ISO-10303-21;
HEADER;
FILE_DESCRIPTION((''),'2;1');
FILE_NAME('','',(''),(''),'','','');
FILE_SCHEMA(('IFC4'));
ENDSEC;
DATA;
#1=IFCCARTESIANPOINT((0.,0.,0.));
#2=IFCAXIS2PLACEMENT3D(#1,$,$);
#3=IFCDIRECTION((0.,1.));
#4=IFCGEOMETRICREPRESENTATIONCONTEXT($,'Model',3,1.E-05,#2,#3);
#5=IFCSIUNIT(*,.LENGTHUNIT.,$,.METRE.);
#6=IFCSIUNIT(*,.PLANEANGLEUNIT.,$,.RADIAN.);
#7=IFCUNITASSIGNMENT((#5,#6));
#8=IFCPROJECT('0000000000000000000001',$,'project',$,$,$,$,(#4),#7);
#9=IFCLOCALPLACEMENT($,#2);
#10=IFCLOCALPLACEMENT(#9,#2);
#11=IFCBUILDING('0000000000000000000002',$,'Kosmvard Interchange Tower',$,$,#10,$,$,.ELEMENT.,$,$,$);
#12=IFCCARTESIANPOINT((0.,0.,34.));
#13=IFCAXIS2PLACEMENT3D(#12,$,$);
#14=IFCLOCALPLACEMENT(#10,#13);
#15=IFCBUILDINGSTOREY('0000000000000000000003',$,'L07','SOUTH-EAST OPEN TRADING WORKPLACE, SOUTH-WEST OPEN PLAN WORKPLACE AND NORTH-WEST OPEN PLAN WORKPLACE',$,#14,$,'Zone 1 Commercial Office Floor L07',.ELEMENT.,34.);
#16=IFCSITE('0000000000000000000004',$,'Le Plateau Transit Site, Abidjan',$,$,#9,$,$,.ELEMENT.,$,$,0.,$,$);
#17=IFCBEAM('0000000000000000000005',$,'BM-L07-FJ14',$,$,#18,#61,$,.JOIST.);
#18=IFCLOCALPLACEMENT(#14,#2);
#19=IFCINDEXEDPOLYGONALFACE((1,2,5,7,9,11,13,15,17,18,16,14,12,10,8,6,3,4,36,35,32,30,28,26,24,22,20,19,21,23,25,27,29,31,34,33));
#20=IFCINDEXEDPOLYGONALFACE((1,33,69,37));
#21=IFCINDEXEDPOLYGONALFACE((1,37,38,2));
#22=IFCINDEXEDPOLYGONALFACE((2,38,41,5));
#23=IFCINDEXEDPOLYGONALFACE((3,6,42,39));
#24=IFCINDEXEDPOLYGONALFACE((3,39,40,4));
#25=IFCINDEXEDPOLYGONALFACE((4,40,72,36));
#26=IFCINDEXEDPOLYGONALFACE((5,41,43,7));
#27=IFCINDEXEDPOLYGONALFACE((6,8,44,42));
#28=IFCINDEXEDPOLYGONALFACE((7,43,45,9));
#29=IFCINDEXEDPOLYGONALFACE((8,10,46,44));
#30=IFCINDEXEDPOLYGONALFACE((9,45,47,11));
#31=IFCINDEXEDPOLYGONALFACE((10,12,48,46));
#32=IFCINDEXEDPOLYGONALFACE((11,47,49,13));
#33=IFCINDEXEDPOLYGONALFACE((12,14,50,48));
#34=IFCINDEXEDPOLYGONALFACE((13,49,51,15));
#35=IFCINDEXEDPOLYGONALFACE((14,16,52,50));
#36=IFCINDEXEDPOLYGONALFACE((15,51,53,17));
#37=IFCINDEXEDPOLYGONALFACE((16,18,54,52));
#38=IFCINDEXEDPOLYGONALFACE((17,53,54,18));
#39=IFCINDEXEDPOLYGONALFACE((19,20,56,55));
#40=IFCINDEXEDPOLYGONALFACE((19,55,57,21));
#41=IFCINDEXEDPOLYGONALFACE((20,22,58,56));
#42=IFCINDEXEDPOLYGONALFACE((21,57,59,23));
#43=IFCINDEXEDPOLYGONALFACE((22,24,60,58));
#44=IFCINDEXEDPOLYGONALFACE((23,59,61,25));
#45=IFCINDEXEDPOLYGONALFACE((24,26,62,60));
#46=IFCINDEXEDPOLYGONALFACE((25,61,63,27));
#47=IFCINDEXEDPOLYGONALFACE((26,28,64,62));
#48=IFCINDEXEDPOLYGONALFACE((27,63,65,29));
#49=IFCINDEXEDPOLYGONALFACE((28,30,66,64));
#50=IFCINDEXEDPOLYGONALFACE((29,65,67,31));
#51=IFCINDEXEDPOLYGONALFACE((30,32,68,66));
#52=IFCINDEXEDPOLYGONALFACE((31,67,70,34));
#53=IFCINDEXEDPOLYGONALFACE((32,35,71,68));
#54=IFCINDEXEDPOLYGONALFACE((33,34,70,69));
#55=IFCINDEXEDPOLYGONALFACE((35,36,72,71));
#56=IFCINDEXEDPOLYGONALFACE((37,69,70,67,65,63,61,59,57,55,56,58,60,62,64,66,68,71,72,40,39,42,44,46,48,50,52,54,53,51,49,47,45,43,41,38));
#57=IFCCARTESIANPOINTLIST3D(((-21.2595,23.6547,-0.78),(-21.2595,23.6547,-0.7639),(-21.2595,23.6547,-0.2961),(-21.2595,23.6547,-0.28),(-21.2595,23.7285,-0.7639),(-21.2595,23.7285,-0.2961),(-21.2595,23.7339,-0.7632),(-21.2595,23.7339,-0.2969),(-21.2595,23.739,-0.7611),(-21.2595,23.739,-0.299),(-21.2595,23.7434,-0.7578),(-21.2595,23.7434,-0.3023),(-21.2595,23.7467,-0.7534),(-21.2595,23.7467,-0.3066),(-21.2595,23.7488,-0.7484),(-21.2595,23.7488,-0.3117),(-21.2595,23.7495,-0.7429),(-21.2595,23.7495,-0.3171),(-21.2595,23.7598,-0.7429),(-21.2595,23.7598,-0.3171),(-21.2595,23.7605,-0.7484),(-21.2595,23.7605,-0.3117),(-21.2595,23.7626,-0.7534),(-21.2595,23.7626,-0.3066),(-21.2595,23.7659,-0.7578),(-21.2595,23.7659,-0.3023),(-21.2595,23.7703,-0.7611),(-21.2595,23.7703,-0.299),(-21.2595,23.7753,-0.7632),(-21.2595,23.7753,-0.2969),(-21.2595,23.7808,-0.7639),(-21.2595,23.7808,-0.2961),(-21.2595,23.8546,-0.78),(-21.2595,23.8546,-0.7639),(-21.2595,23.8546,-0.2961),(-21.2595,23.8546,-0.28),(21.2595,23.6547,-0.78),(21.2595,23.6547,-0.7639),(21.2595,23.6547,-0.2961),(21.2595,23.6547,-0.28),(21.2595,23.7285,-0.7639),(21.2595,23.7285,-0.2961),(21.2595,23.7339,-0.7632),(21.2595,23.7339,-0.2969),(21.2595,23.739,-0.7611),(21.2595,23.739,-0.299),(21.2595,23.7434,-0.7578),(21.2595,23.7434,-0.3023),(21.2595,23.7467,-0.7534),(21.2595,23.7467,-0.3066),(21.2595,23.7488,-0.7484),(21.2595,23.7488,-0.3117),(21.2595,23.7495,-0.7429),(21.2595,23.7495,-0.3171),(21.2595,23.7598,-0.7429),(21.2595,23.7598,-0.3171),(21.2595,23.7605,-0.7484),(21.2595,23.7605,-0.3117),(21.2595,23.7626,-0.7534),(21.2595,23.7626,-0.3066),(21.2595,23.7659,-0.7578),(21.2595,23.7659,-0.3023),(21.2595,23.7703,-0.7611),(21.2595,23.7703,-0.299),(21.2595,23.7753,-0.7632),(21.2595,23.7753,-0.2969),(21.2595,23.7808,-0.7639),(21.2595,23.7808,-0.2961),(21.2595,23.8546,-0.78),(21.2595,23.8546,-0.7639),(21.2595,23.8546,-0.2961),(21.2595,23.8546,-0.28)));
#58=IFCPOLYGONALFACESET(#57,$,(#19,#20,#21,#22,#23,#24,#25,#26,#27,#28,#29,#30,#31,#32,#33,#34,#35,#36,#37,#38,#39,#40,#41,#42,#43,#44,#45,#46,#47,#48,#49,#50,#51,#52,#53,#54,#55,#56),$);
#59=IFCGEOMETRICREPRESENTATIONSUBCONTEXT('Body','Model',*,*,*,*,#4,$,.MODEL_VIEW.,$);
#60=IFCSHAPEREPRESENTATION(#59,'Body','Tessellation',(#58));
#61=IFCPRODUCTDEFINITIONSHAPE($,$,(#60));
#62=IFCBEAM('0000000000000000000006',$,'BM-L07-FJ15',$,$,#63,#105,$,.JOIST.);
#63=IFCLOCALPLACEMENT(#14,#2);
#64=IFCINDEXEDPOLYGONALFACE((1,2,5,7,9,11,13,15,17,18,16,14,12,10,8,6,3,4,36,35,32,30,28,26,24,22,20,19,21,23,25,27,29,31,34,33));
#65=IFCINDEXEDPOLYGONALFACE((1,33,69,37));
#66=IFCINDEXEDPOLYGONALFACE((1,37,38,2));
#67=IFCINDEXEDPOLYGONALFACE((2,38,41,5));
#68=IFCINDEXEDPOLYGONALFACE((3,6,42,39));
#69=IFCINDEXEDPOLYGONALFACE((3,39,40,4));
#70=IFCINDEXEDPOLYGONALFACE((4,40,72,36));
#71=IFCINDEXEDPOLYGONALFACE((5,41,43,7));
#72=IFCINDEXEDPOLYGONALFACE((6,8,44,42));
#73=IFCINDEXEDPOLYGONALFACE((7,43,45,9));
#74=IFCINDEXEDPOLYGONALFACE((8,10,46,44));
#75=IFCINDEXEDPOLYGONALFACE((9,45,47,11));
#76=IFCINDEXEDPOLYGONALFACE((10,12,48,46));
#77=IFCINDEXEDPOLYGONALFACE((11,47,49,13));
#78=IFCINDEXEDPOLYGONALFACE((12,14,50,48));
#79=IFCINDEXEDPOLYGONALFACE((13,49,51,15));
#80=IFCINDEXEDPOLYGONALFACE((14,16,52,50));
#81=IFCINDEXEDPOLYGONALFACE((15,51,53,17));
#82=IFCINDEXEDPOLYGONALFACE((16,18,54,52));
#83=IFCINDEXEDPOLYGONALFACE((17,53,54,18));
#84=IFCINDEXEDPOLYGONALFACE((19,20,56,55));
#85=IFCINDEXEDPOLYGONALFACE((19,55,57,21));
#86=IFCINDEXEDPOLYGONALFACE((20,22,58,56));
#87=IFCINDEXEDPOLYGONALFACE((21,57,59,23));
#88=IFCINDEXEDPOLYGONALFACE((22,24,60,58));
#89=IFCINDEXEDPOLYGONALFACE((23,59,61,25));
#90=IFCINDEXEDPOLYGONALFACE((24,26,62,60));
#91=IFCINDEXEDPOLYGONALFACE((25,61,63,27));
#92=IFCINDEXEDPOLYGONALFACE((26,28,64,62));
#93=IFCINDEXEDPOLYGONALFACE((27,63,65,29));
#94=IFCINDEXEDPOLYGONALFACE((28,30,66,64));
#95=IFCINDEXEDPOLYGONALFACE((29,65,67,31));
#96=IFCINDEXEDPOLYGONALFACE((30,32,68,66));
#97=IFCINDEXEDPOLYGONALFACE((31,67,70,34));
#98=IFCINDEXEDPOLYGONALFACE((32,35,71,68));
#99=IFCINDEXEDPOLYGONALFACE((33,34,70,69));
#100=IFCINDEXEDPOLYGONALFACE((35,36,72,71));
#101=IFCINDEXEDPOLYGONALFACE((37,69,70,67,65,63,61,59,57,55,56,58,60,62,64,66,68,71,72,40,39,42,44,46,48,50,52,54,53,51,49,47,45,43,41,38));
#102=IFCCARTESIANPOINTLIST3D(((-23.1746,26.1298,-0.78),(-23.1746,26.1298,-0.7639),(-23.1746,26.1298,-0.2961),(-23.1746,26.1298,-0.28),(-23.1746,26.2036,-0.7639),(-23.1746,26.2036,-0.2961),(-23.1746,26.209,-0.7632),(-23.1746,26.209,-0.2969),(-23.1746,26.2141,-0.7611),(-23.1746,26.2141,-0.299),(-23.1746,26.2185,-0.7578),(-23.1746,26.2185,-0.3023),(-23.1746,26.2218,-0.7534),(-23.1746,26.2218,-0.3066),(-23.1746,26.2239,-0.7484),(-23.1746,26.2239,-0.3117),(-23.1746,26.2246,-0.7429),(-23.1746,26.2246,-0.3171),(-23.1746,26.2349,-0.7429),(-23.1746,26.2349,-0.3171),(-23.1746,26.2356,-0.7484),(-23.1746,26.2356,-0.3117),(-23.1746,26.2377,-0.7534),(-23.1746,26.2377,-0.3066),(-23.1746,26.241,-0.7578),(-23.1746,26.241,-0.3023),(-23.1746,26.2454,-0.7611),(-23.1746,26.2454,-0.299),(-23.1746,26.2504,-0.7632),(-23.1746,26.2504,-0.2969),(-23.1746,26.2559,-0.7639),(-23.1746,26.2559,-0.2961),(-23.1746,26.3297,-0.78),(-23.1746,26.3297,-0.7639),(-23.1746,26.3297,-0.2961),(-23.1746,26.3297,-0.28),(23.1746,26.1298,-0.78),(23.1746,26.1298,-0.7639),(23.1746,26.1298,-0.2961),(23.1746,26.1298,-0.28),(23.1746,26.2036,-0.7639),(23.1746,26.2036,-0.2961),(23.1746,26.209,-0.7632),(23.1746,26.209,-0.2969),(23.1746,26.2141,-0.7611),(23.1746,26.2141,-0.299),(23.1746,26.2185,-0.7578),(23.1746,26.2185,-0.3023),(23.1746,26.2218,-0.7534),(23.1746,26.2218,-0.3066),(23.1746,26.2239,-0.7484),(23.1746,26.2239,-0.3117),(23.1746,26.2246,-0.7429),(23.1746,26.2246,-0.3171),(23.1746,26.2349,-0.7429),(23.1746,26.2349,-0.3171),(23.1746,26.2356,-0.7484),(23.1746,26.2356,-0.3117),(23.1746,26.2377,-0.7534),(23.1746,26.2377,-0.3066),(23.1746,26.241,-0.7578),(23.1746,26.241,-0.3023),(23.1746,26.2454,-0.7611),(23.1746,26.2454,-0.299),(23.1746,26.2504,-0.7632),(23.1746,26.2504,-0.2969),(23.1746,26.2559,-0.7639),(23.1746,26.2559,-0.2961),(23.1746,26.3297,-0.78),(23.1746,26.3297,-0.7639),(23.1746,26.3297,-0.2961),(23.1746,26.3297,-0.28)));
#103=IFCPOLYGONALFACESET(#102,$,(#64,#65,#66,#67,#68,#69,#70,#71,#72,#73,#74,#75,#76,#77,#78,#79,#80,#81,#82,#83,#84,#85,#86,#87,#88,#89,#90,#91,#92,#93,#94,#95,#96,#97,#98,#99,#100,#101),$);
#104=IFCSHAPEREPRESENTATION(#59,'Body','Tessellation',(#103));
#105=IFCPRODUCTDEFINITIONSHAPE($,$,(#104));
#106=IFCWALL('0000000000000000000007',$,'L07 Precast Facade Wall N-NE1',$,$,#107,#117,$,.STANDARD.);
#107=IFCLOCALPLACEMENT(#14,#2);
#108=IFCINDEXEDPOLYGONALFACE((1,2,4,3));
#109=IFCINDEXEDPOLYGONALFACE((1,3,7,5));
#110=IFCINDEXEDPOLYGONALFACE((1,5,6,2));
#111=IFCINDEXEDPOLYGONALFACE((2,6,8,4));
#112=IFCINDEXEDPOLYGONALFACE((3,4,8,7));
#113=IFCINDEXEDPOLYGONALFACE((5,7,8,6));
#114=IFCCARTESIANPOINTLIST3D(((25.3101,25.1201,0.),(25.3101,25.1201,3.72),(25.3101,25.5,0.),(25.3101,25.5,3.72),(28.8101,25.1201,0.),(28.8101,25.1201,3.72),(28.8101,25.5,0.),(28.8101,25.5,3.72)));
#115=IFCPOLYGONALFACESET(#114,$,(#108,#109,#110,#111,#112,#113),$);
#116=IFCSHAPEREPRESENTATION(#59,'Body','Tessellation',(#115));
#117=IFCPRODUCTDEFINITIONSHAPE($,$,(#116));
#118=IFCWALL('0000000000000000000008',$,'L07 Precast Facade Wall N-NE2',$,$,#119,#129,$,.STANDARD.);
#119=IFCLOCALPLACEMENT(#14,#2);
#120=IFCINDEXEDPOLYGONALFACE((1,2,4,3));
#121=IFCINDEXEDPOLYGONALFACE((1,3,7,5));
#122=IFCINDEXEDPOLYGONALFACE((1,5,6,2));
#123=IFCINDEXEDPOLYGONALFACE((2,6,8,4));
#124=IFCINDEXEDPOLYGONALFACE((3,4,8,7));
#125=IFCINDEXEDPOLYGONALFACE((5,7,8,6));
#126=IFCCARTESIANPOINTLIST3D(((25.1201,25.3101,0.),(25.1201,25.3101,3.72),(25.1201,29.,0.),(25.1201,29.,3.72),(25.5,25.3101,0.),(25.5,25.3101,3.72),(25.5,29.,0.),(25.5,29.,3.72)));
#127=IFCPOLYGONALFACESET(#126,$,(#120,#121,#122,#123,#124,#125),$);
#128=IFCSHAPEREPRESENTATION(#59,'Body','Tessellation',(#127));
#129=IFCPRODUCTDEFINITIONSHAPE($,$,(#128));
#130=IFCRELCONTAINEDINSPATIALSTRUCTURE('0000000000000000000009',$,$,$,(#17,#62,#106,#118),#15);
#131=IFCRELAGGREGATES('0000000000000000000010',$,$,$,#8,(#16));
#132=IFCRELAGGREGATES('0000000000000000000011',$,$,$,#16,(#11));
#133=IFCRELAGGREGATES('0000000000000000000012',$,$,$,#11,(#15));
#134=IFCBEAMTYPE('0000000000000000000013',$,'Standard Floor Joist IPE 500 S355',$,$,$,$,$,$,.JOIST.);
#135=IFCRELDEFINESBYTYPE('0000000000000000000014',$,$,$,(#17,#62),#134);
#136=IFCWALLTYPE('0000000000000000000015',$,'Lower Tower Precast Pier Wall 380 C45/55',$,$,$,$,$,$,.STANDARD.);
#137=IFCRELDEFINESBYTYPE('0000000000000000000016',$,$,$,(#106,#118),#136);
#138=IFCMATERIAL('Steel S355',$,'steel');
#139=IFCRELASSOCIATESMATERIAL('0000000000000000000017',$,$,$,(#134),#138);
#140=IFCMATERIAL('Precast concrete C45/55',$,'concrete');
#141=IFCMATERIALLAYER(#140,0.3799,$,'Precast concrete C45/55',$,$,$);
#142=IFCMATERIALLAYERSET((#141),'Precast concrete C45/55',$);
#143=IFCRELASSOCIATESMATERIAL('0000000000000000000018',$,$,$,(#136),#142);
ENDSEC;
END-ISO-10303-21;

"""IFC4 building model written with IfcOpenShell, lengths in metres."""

from ifc_helpers import new_model, si_unit, direction, frame, frame_2d, origin, origin_2d, place, context, subcontext, project, spatial, rectangle, i_section, extrude, source, transform, mapped, material, layer, layer_set, material_profile, profile_set, type_object, element, save


model = new_model("IFC4")

# Units and contexts
model_context = context("Model", 3, precision=1e-05, world=origin(), true_north=direction((0.0, 1.0)))
body_context = subcontext(model_context, "Body", "Model", "MODEL_VIEW")
ifc_project = project(units=[si_unit("LENGTHUNIT", "METRE"), si_unit("PLANEANGLEUNIT", "RADIAN")], contexts=[model_context])

# Site, building, storey
site_placement = place(None, origin())
site = spatial("IfcSite", under=ifc_project, at=site_placement, Name="Le Plateau Transit Site, Abidjan", CompositionType="ELEMENT", RefElevation=0.0)
building_placement = place(site_placement, origin())
building = spatial("IfcBuilding", under=site, at=building_placement, Name="Kosmvard Interchange Tower", CompositionType="ELEMENT")
storey_placement = place(building_placement, frame((0.0, 0.0, 34.0)))
storey = spatial("IfcBuildingStorey", under=building, at=storey_placement, Name="L07", Description="SOUTH-EAST OPEN TRADING WORKPLACE, SOUTH-WEST OPEN PLAN WORKPLACE AND NORTH-WEST OPEN PLAN WORKPLACE", LongName="Zone 1 Commercial Office Floor L07", CompositionType="ELEMENT", Elevation=34.0)

# Beams
ifc_material_1 = material(Name="Steel S355", Category="steel")
ifc_material_2 = material(Name="Precast concrete C45/55", Category="concrete")
ifc_material_profile_1 = material_profile(ifc_material_1, i_section(OverallWidth=0.2, OverallDepth=0.5, WebThickness=0.0103, FlangeThickness=0.0161, FilletRadius=0.021, at=origin_2d()), Name="IPE 500")
ifc_profile_set_1 = profile_set([ifc_material_profile_1], Name="Steel S355")
beam_type_1 = type_object("IfcBeamType", Name="Standard Floor Joist IPE 500 S355", PredefinedType="JOIST", material=ifc_profile_set_1)
shared_shape_1 = source(origin(), body_context, "Body", "SweptSolid", [
    extrude(i_section(OverallWidth=0.2, OverallDepth=0.5, WebThickness=0.0103, FlangeThickness=0.0161, FilletRadius=0.021, at=origin_2d()), origin(), (0.0, 0.0, 1.0), 42.519),
])
beam_1_placement = place(storey_placement, frame((21.2595, 23.7546, -0.53), z_axis=(-1.0, 0.0, 0.0), x_axis=(0.0, -1.0, 0.0)))
element("IfcBeam", 1, at=beam_1_placement, inside=storey, type_object=beam_type_1, Name="BM-L07-FJ14", PredefinedType="JOIST", context=body_context, shape_type="MappedRepresentation", body=[
    mapped(shared_shape_1, transform((0.0, 0.0, 0.0), scale=1.0)),
])
shared_shape_2 = source(origin(), body_context, "Body", "SweptSolid", [
    extrude(i_section(OverallWidth=0.2, OverallDepth=0.5, WebThickness=0.0103, FlangeThickness=0.0161, FilletRadius=0.021, at=origin_2d()), origin(), (0.0, 0.0, 1.0), 46.3491),
])
beam_2_placement = place(storey_placement, frame((23.1746, 26.2297, -0.53), z_axis=(-1.0, 0.0, 0.0), x_axis=(0.0, -1.0, 0.0)))
element("IfcBeam", 2, at=beam_2_placement, inside=storey, type_object=beam_type_1, Name="BM-L07-FJ15", PredefinedType="JOIST", context=body_context, shape_type="MappedRepresentation", body=[
    mapped(shared_shape_2, transform((0.0, 0.0, 0.0), scale=1.0)),
])

# Walls
ifc_layer_1 = layer(ifc_material_2, 0.3799, Name="Precast concrete C45/55")
ifc_layer_set_1 = layer_set([ifc_layer_1], Name="Precast concrete C45/55")
wall_type = type_object("IfcWallType", Name="Lower Tower Precast Pier Wall 380 C45/55", PredefinedType="STANDARD", material=ifc_layer_set_1)
wall_1_placement = place(storey_placement, frame((28.8101, 25.3101, 0.0), z_axis=(0.0, 0.0, 1.0), x_axis=(-1.0, 0.0, 0.0)))
element("IfcWall", 3, at=wall_1_placement, inside=storey, type_object=wall_type, Name="L07 Precast Facade Wall N-NE1", PredefinedType="STANDARD", context=body_context, shape_type="SweptSolid", body=[
    extrude(rectangle(XDim=3.5, YDim=0.3799, at=frame_2d((1.75, 0.0))), origin(), (0.0, 0.0, 1.0), 3.72),
])
wall_2_placement = place(storey_placement, frame((25.3101, 25.3101, 0.0), z_axis=(0.0, 0.0, 1.0), x_axis=(0.0, 1.0, 0.0)))
element("IfcWall", 4, at=wall_2_placement, inside=storey, type_object=wall_type, Name="L07 Precast Facade Wall N-NE2", PredefinedType="STANDARD", context=body_context, shape_type="SweptSolid", body=[
    extrude(rectangle(XDim=3.6899, YDim=0.3799, at=frame_2d((1.845, 0.0))), origin(), (0.0, 0.0, 1.0), 3.72),
])

save(model, "model.ifc")
